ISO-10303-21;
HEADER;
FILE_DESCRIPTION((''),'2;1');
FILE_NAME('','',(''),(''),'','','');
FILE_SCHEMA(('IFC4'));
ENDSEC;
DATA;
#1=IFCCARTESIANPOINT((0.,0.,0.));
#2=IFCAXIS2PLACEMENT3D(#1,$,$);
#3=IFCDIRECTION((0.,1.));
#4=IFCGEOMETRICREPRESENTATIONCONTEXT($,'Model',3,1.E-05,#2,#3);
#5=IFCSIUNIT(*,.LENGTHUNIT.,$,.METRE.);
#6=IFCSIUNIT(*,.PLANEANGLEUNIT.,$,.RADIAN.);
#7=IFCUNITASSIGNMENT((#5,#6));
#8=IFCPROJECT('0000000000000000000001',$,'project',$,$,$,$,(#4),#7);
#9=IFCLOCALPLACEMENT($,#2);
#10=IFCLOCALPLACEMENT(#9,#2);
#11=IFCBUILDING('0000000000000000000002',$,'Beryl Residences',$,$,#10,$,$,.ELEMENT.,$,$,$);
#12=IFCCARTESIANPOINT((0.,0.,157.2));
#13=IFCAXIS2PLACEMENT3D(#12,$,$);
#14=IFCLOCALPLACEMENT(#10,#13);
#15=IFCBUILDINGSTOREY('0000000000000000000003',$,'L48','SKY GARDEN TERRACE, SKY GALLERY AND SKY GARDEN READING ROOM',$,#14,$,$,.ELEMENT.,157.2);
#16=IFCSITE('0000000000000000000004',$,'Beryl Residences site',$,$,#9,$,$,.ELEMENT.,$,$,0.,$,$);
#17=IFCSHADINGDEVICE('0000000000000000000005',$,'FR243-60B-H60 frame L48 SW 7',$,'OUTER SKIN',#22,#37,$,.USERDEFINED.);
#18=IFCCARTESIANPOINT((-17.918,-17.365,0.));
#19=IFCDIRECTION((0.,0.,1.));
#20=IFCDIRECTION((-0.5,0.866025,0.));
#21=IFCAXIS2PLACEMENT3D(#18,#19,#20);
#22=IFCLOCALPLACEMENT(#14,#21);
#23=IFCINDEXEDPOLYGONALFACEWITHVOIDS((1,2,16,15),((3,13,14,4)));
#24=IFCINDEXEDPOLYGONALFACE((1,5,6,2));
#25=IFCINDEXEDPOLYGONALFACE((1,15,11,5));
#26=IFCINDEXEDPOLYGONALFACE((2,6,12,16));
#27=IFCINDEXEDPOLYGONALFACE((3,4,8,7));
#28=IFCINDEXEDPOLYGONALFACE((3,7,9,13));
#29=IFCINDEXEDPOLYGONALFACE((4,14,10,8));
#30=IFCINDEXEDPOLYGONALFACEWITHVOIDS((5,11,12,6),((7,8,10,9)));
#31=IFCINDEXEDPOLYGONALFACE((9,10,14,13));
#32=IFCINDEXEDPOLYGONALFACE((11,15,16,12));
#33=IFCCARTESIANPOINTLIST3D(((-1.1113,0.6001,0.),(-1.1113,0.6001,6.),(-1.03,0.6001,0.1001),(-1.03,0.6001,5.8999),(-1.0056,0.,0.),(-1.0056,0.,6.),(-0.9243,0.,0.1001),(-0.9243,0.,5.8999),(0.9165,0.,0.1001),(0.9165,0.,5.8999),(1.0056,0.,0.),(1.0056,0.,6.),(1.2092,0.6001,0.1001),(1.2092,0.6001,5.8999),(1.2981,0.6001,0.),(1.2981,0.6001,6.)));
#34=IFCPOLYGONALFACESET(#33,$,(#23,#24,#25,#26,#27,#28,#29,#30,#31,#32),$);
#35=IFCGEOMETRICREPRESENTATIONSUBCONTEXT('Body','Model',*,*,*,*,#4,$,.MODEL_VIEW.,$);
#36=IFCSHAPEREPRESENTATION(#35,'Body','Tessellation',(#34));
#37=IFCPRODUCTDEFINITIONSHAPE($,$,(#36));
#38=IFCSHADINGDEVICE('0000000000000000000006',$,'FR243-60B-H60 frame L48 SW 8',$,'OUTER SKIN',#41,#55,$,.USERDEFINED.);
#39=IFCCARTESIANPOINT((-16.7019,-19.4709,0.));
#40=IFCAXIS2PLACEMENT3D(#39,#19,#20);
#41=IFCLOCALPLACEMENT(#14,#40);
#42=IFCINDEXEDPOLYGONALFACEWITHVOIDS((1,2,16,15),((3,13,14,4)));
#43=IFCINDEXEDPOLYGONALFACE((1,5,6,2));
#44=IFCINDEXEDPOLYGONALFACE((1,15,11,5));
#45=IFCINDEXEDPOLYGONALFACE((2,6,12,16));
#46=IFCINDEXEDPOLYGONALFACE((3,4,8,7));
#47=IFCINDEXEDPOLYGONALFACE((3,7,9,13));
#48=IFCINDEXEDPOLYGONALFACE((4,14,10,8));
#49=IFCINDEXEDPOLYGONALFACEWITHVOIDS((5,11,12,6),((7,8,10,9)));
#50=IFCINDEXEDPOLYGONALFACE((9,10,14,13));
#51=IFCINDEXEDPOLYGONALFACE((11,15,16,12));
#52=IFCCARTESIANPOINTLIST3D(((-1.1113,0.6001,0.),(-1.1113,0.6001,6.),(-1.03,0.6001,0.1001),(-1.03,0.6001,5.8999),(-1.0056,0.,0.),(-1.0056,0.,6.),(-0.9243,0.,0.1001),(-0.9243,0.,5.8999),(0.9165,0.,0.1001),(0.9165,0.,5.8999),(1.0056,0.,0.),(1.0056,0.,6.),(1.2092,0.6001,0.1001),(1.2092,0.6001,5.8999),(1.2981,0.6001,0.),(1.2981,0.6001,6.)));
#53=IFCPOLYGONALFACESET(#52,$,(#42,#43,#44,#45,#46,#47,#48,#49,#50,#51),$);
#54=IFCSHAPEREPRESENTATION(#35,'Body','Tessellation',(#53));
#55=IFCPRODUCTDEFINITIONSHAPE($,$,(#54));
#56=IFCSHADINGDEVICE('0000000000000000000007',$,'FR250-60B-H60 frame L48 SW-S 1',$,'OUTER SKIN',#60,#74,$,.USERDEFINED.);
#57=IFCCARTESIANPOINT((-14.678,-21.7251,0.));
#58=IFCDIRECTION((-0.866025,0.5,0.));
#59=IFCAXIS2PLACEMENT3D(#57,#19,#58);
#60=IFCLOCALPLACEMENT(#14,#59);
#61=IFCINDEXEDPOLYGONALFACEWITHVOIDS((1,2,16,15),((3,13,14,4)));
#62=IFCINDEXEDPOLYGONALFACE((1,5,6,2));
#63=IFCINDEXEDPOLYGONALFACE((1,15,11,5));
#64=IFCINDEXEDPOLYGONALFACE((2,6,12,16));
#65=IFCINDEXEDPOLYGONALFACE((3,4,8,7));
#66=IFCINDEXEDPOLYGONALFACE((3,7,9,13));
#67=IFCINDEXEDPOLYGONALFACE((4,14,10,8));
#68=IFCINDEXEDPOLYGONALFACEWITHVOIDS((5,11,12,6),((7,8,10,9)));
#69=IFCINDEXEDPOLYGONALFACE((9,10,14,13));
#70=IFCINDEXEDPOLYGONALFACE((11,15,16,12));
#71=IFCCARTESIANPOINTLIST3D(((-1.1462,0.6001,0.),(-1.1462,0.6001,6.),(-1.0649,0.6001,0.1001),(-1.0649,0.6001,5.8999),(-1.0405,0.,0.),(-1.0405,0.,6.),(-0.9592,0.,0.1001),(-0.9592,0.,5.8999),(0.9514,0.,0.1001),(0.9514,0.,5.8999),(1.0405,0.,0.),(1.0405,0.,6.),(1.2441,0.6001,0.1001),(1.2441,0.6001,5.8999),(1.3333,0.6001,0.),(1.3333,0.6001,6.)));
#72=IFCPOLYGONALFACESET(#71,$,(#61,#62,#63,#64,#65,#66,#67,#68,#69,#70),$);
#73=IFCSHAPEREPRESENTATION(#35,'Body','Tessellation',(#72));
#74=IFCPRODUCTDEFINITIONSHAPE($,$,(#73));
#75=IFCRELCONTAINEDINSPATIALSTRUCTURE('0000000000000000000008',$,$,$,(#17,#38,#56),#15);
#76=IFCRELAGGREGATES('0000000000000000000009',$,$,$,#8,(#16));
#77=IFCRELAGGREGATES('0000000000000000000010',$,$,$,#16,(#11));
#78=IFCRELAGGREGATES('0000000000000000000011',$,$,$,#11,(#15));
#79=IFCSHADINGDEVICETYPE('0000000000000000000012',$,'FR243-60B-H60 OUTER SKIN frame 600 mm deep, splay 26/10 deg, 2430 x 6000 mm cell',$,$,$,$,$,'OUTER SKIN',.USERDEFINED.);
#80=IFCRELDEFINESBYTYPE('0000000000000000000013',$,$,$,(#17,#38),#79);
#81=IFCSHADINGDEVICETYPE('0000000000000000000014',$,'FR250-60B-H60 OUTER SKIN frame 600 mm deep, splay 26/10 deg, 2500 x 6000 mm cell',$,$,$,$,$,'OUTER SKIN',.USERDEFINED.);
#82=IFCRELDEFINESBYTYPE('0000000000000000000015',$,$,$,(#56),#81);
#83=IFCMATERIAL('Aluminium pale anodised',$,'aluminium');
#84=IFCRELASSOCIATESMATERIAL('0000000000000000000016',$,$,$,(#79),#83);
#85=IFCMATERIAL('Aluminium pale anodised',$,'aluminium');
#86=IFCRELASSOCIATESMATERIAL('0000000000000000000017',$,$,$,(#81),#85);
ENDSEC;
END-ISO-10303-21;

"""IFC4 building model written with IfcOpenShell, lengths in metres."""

from ifc_helpers import new_model, entity, si_unit, direction, frame, origin, place, context, subcontext, project, spatial, source, transform, mapped, material, type_object, type_shapes, element, save


model = new_model("IFC4")

# Units and contexts
model_context = context("Model", 3, precision=1e-05, world=origin(), true_north=direction((0.0, 1.0)))
body_context = subcontext(model_context, "Body", "Model", "MODEL_VIEW")
ifc_project = project(units=[si_unit("LENGTHUNIT", "METRE"), si_unit("PLANEANGLEUNIT", "RADIAN")], contexts=[model_context])

# Site, building, storey
site_placement = place(None, origin())
site = spatial("IfcSite", under=ifc_project, at=site_placement, Name="Beryl Residences site", CompositionType="ELEMENT", RefElevation=0.0)
building_placement = place(site_placement, origin())
building = spatial("IfcBuilding", under=site, at=building_placement, Name="Beryl Residences", CompositionType="ELEMENT")
storey_placement = place(building_placement, frame((0.0, 0.0, 157.2)))
storey = spatial("IfcBuildingStorey", under=building, at=storey_placement, Name="L48", Description="SKY GARDEN TERRACE, SKY GALLERY AND SKY GARDEN READING ROOM", CompositionType="ELEMENT", Elevation=157.2)

# Shading devices
ifc_material_1 = material(Name="Aluminium pale anodised", Category="aluminium")
shading_device_type_1 = type_object("IfcShadingDeviceType", Name="FR243-60B-H60 OUTER SKIN frame 600 mm deep, splay 26/10 deg, 2430 x 6000 mm cell", ElementType="OUTER SKIN", PredefinedType="USERDEFINED", material=ifc_material_1)
cartesian_point_1 = entity("IfcCartesianPoint", [-1.0056, 0.0])
cartesian_point_2 = entity("IfcCartesianPoint", [-0.9165, 0.1001])
cartesian_point_3 = entity("IfcCartesianPoint", [-1.2981, 0.0])
cartesian_point_4 = entity("IfcCartesianPoint", [-1.2092, 0.1001])
shared_shape_1 = source(origin(), body_context, "Body", "SweptSolid", [
    entity("IfcExtrudedAreaSolidTapered", entity("IfcArbitraryProfileDefWithVoids", "AREA", None, entity("IfcPolyline", [cartesian_point_1, entity("IfcCartesianPoint", [1.0056, 0.0]), entity("IfcCartesianPoint", [1.0056, 6.0]), entity("IfcCartesianPoint", [-1.0056, 6.0]), cartesian_point_1]), [entity("IfcPolyline", [cartesian_point_2, entity("IfcCartesianPoint", [0.9243, 0.1001]), entity("IfcCartesianPoint", [0.9243, 5.8999]), entity("IfcCartesianPoint", [-0.9165, 5.8999]), cartesian_point_2])]), entity("IfcAxis2Placement3D", entity("IfcCartesianPoint", [0.0, 0.0, 0.0]), entity("IfcDirection", [0.0, 1.0, 0.0]), entity("IfcDirection", [-1.0, 0.0, 0.0])), entity("IfcDirection", [0.0, 0.0, 1.0]), 0.6001, entity("IfcArbitraryProfileDefWithVoids", "AREA", None, entity("IfcPolyline", [cartesian_point_3, entity("IfcCartesianPoint", [1.1113, 0.0]), entity("IfcCartesianPoint", [1.1113, 6.0]), entity("IfcCartesianPoint", [-1.2981, 6.0]), cartesian_point_3]), [entity("IfcPolyline", [cartesian_point_4, entity("IfcCartesianPoint", [1.03, 0.1001]), entity("IfcCartesianPoint", [1.03, 5.8999]), entity("IfcCartesianPoint", [-1.2092, 5.8999]), cartesian_point_4])])),
])
type_shapes(shading_device_type_1, [shared_shape_1])
for number, where, z_axis, x_axis, name in (
    (1, (-17.918, -17.365, 0.0), (0.0, 0.0, 1.0), (-0.5, 0.866025, 0.0), "FR243-60B-H60 frame L48 SW 7"),
    (2, (-16.7019, -19.4709, 0.0), (0.0, 0.0, 1.0), (-0.5, 0.866025, 0.0), "FR243-60B-H60 frame L48 SW 8"),
):
    element("IfcShadingDevice", number, at=place(storey_placement, frame(where, z_axis=z_axis, x_axis=x_axis)), inside=storey, type_object=shading_device_type_1, Name=name, ObjectType="OUTER SKIN", PredefinedType="USERDEFINED", context=body_context, shape_type="MappedRepresentation", body=[
        mapped(shared_shape_1, transform((0.0, 0.0, 0.0))),
    ])
ifc_material_2 = material(Name="Aluminium pale anodised", Category="aluminium")
shading_device_type_2 = type_object("IfcShadingDeviceType", Name="FR250-60B-H60 OUTER SKIN frame 600 mm deep, splay 26/10 deg, 2500 x 6000 mm cell", ElementType="OUTER SKIN", PredefinedType="USERDEFINED", material=ifc_material_2)
cartesian_point_5 = entity("IfcCartesianPoint", [-1.0405, 0.0])
cartesian_point_6 = entity("IfcCartesianPoint", [-0.9514, 0.1001])
cartesian_point_7 = entity("IfcCartesianPoint", [-1.3333, 0.0])
cartesian_point_8 = entity("IfcCartesianPoint", [-1.2441, 0.1001])
shared_shape_2 = source(origin(), body_context, "Body", "SweptSolid", [
    entity("IfcExtrudedAreaSolidTapered", entity("IfcArbitraryProfileDefWithVoids", "AREA", None, entity("IfcPolyline", [cartesian_point_5, entity("IfcCartesianPoint", [1.0405, 0.0]), entity("IfcCartesianPoint", [1.0405, 6.0]), entity("IfcCartesianPoint", [-1.0405, 6.0]), cartesian_point_5]), [entity("IfcPolyline", [cartesian_point_6, entity("IfcCartesianPoint", [0.9592, 0.1001]), entity("IfcCartesianPoint", [0.9592, 5.8999]), entity("IfcCartesianPoint", [-0.9514, 5.8999]), cartesian_point_6])]), entity("IfcAxis2Placement3D", entity("IfcCartesianPoint", [0.0, 0.0, 0.0]), entity("IfcDirection", [0.0, 1.0, 0.0]), entity("IfcDirection", [-1.0, 0.0, 0.0])), entity("IfcDirection", [0.0, 0.0, 1.0]), 0.6001, entity("IfcArbitraryProfileDefWithVoids", "AREA", None, entity("IfcPolyline", [cartesian_point_7, entity("IfcCartesianPoint", [1.1462, 0.0]), entity("IfcCartesianPoint", [1.1462, 6.0]), entity("IfcCartesianPoint", [-1.3333, 6.0]), cartesian_point_7]), [entity("IfcPolyline", [cartesian_point_8, entity("IfcCartesianPoint", [1.0649, 0.1001]), entity("IfcCartesianPoint", [1.0649, 5.8999]), entity("IfcCartesianPoint", [-1.2441, 5.8999]), cartesian_point_8])])),
])
type_shapes(shading_device_type_2, [shared_shape_2])
shading_device_placement = place(storey_placement, frame((-14.678, -21.7251, 0.0), z_axis=(0.0, 0.0, 1.0), x_axis=(-0.866025, 0.5, 0.0)))
element("IfcShadingDevice", 3, at=shading_device_placement, inside=storey, type_object=shading_device_type_2, Name="FR250-60B-H60 frame L48 SW-S 1", ObjectType="OUTER SKIN", PredefinedType="USERDEFINED", context=body_context, shape_type="MappedRepresentation", body=[
    mapped(shared_shape_2, transform((0.0, 0.0, 0.0))),
])

save(model, "model.ifc")
